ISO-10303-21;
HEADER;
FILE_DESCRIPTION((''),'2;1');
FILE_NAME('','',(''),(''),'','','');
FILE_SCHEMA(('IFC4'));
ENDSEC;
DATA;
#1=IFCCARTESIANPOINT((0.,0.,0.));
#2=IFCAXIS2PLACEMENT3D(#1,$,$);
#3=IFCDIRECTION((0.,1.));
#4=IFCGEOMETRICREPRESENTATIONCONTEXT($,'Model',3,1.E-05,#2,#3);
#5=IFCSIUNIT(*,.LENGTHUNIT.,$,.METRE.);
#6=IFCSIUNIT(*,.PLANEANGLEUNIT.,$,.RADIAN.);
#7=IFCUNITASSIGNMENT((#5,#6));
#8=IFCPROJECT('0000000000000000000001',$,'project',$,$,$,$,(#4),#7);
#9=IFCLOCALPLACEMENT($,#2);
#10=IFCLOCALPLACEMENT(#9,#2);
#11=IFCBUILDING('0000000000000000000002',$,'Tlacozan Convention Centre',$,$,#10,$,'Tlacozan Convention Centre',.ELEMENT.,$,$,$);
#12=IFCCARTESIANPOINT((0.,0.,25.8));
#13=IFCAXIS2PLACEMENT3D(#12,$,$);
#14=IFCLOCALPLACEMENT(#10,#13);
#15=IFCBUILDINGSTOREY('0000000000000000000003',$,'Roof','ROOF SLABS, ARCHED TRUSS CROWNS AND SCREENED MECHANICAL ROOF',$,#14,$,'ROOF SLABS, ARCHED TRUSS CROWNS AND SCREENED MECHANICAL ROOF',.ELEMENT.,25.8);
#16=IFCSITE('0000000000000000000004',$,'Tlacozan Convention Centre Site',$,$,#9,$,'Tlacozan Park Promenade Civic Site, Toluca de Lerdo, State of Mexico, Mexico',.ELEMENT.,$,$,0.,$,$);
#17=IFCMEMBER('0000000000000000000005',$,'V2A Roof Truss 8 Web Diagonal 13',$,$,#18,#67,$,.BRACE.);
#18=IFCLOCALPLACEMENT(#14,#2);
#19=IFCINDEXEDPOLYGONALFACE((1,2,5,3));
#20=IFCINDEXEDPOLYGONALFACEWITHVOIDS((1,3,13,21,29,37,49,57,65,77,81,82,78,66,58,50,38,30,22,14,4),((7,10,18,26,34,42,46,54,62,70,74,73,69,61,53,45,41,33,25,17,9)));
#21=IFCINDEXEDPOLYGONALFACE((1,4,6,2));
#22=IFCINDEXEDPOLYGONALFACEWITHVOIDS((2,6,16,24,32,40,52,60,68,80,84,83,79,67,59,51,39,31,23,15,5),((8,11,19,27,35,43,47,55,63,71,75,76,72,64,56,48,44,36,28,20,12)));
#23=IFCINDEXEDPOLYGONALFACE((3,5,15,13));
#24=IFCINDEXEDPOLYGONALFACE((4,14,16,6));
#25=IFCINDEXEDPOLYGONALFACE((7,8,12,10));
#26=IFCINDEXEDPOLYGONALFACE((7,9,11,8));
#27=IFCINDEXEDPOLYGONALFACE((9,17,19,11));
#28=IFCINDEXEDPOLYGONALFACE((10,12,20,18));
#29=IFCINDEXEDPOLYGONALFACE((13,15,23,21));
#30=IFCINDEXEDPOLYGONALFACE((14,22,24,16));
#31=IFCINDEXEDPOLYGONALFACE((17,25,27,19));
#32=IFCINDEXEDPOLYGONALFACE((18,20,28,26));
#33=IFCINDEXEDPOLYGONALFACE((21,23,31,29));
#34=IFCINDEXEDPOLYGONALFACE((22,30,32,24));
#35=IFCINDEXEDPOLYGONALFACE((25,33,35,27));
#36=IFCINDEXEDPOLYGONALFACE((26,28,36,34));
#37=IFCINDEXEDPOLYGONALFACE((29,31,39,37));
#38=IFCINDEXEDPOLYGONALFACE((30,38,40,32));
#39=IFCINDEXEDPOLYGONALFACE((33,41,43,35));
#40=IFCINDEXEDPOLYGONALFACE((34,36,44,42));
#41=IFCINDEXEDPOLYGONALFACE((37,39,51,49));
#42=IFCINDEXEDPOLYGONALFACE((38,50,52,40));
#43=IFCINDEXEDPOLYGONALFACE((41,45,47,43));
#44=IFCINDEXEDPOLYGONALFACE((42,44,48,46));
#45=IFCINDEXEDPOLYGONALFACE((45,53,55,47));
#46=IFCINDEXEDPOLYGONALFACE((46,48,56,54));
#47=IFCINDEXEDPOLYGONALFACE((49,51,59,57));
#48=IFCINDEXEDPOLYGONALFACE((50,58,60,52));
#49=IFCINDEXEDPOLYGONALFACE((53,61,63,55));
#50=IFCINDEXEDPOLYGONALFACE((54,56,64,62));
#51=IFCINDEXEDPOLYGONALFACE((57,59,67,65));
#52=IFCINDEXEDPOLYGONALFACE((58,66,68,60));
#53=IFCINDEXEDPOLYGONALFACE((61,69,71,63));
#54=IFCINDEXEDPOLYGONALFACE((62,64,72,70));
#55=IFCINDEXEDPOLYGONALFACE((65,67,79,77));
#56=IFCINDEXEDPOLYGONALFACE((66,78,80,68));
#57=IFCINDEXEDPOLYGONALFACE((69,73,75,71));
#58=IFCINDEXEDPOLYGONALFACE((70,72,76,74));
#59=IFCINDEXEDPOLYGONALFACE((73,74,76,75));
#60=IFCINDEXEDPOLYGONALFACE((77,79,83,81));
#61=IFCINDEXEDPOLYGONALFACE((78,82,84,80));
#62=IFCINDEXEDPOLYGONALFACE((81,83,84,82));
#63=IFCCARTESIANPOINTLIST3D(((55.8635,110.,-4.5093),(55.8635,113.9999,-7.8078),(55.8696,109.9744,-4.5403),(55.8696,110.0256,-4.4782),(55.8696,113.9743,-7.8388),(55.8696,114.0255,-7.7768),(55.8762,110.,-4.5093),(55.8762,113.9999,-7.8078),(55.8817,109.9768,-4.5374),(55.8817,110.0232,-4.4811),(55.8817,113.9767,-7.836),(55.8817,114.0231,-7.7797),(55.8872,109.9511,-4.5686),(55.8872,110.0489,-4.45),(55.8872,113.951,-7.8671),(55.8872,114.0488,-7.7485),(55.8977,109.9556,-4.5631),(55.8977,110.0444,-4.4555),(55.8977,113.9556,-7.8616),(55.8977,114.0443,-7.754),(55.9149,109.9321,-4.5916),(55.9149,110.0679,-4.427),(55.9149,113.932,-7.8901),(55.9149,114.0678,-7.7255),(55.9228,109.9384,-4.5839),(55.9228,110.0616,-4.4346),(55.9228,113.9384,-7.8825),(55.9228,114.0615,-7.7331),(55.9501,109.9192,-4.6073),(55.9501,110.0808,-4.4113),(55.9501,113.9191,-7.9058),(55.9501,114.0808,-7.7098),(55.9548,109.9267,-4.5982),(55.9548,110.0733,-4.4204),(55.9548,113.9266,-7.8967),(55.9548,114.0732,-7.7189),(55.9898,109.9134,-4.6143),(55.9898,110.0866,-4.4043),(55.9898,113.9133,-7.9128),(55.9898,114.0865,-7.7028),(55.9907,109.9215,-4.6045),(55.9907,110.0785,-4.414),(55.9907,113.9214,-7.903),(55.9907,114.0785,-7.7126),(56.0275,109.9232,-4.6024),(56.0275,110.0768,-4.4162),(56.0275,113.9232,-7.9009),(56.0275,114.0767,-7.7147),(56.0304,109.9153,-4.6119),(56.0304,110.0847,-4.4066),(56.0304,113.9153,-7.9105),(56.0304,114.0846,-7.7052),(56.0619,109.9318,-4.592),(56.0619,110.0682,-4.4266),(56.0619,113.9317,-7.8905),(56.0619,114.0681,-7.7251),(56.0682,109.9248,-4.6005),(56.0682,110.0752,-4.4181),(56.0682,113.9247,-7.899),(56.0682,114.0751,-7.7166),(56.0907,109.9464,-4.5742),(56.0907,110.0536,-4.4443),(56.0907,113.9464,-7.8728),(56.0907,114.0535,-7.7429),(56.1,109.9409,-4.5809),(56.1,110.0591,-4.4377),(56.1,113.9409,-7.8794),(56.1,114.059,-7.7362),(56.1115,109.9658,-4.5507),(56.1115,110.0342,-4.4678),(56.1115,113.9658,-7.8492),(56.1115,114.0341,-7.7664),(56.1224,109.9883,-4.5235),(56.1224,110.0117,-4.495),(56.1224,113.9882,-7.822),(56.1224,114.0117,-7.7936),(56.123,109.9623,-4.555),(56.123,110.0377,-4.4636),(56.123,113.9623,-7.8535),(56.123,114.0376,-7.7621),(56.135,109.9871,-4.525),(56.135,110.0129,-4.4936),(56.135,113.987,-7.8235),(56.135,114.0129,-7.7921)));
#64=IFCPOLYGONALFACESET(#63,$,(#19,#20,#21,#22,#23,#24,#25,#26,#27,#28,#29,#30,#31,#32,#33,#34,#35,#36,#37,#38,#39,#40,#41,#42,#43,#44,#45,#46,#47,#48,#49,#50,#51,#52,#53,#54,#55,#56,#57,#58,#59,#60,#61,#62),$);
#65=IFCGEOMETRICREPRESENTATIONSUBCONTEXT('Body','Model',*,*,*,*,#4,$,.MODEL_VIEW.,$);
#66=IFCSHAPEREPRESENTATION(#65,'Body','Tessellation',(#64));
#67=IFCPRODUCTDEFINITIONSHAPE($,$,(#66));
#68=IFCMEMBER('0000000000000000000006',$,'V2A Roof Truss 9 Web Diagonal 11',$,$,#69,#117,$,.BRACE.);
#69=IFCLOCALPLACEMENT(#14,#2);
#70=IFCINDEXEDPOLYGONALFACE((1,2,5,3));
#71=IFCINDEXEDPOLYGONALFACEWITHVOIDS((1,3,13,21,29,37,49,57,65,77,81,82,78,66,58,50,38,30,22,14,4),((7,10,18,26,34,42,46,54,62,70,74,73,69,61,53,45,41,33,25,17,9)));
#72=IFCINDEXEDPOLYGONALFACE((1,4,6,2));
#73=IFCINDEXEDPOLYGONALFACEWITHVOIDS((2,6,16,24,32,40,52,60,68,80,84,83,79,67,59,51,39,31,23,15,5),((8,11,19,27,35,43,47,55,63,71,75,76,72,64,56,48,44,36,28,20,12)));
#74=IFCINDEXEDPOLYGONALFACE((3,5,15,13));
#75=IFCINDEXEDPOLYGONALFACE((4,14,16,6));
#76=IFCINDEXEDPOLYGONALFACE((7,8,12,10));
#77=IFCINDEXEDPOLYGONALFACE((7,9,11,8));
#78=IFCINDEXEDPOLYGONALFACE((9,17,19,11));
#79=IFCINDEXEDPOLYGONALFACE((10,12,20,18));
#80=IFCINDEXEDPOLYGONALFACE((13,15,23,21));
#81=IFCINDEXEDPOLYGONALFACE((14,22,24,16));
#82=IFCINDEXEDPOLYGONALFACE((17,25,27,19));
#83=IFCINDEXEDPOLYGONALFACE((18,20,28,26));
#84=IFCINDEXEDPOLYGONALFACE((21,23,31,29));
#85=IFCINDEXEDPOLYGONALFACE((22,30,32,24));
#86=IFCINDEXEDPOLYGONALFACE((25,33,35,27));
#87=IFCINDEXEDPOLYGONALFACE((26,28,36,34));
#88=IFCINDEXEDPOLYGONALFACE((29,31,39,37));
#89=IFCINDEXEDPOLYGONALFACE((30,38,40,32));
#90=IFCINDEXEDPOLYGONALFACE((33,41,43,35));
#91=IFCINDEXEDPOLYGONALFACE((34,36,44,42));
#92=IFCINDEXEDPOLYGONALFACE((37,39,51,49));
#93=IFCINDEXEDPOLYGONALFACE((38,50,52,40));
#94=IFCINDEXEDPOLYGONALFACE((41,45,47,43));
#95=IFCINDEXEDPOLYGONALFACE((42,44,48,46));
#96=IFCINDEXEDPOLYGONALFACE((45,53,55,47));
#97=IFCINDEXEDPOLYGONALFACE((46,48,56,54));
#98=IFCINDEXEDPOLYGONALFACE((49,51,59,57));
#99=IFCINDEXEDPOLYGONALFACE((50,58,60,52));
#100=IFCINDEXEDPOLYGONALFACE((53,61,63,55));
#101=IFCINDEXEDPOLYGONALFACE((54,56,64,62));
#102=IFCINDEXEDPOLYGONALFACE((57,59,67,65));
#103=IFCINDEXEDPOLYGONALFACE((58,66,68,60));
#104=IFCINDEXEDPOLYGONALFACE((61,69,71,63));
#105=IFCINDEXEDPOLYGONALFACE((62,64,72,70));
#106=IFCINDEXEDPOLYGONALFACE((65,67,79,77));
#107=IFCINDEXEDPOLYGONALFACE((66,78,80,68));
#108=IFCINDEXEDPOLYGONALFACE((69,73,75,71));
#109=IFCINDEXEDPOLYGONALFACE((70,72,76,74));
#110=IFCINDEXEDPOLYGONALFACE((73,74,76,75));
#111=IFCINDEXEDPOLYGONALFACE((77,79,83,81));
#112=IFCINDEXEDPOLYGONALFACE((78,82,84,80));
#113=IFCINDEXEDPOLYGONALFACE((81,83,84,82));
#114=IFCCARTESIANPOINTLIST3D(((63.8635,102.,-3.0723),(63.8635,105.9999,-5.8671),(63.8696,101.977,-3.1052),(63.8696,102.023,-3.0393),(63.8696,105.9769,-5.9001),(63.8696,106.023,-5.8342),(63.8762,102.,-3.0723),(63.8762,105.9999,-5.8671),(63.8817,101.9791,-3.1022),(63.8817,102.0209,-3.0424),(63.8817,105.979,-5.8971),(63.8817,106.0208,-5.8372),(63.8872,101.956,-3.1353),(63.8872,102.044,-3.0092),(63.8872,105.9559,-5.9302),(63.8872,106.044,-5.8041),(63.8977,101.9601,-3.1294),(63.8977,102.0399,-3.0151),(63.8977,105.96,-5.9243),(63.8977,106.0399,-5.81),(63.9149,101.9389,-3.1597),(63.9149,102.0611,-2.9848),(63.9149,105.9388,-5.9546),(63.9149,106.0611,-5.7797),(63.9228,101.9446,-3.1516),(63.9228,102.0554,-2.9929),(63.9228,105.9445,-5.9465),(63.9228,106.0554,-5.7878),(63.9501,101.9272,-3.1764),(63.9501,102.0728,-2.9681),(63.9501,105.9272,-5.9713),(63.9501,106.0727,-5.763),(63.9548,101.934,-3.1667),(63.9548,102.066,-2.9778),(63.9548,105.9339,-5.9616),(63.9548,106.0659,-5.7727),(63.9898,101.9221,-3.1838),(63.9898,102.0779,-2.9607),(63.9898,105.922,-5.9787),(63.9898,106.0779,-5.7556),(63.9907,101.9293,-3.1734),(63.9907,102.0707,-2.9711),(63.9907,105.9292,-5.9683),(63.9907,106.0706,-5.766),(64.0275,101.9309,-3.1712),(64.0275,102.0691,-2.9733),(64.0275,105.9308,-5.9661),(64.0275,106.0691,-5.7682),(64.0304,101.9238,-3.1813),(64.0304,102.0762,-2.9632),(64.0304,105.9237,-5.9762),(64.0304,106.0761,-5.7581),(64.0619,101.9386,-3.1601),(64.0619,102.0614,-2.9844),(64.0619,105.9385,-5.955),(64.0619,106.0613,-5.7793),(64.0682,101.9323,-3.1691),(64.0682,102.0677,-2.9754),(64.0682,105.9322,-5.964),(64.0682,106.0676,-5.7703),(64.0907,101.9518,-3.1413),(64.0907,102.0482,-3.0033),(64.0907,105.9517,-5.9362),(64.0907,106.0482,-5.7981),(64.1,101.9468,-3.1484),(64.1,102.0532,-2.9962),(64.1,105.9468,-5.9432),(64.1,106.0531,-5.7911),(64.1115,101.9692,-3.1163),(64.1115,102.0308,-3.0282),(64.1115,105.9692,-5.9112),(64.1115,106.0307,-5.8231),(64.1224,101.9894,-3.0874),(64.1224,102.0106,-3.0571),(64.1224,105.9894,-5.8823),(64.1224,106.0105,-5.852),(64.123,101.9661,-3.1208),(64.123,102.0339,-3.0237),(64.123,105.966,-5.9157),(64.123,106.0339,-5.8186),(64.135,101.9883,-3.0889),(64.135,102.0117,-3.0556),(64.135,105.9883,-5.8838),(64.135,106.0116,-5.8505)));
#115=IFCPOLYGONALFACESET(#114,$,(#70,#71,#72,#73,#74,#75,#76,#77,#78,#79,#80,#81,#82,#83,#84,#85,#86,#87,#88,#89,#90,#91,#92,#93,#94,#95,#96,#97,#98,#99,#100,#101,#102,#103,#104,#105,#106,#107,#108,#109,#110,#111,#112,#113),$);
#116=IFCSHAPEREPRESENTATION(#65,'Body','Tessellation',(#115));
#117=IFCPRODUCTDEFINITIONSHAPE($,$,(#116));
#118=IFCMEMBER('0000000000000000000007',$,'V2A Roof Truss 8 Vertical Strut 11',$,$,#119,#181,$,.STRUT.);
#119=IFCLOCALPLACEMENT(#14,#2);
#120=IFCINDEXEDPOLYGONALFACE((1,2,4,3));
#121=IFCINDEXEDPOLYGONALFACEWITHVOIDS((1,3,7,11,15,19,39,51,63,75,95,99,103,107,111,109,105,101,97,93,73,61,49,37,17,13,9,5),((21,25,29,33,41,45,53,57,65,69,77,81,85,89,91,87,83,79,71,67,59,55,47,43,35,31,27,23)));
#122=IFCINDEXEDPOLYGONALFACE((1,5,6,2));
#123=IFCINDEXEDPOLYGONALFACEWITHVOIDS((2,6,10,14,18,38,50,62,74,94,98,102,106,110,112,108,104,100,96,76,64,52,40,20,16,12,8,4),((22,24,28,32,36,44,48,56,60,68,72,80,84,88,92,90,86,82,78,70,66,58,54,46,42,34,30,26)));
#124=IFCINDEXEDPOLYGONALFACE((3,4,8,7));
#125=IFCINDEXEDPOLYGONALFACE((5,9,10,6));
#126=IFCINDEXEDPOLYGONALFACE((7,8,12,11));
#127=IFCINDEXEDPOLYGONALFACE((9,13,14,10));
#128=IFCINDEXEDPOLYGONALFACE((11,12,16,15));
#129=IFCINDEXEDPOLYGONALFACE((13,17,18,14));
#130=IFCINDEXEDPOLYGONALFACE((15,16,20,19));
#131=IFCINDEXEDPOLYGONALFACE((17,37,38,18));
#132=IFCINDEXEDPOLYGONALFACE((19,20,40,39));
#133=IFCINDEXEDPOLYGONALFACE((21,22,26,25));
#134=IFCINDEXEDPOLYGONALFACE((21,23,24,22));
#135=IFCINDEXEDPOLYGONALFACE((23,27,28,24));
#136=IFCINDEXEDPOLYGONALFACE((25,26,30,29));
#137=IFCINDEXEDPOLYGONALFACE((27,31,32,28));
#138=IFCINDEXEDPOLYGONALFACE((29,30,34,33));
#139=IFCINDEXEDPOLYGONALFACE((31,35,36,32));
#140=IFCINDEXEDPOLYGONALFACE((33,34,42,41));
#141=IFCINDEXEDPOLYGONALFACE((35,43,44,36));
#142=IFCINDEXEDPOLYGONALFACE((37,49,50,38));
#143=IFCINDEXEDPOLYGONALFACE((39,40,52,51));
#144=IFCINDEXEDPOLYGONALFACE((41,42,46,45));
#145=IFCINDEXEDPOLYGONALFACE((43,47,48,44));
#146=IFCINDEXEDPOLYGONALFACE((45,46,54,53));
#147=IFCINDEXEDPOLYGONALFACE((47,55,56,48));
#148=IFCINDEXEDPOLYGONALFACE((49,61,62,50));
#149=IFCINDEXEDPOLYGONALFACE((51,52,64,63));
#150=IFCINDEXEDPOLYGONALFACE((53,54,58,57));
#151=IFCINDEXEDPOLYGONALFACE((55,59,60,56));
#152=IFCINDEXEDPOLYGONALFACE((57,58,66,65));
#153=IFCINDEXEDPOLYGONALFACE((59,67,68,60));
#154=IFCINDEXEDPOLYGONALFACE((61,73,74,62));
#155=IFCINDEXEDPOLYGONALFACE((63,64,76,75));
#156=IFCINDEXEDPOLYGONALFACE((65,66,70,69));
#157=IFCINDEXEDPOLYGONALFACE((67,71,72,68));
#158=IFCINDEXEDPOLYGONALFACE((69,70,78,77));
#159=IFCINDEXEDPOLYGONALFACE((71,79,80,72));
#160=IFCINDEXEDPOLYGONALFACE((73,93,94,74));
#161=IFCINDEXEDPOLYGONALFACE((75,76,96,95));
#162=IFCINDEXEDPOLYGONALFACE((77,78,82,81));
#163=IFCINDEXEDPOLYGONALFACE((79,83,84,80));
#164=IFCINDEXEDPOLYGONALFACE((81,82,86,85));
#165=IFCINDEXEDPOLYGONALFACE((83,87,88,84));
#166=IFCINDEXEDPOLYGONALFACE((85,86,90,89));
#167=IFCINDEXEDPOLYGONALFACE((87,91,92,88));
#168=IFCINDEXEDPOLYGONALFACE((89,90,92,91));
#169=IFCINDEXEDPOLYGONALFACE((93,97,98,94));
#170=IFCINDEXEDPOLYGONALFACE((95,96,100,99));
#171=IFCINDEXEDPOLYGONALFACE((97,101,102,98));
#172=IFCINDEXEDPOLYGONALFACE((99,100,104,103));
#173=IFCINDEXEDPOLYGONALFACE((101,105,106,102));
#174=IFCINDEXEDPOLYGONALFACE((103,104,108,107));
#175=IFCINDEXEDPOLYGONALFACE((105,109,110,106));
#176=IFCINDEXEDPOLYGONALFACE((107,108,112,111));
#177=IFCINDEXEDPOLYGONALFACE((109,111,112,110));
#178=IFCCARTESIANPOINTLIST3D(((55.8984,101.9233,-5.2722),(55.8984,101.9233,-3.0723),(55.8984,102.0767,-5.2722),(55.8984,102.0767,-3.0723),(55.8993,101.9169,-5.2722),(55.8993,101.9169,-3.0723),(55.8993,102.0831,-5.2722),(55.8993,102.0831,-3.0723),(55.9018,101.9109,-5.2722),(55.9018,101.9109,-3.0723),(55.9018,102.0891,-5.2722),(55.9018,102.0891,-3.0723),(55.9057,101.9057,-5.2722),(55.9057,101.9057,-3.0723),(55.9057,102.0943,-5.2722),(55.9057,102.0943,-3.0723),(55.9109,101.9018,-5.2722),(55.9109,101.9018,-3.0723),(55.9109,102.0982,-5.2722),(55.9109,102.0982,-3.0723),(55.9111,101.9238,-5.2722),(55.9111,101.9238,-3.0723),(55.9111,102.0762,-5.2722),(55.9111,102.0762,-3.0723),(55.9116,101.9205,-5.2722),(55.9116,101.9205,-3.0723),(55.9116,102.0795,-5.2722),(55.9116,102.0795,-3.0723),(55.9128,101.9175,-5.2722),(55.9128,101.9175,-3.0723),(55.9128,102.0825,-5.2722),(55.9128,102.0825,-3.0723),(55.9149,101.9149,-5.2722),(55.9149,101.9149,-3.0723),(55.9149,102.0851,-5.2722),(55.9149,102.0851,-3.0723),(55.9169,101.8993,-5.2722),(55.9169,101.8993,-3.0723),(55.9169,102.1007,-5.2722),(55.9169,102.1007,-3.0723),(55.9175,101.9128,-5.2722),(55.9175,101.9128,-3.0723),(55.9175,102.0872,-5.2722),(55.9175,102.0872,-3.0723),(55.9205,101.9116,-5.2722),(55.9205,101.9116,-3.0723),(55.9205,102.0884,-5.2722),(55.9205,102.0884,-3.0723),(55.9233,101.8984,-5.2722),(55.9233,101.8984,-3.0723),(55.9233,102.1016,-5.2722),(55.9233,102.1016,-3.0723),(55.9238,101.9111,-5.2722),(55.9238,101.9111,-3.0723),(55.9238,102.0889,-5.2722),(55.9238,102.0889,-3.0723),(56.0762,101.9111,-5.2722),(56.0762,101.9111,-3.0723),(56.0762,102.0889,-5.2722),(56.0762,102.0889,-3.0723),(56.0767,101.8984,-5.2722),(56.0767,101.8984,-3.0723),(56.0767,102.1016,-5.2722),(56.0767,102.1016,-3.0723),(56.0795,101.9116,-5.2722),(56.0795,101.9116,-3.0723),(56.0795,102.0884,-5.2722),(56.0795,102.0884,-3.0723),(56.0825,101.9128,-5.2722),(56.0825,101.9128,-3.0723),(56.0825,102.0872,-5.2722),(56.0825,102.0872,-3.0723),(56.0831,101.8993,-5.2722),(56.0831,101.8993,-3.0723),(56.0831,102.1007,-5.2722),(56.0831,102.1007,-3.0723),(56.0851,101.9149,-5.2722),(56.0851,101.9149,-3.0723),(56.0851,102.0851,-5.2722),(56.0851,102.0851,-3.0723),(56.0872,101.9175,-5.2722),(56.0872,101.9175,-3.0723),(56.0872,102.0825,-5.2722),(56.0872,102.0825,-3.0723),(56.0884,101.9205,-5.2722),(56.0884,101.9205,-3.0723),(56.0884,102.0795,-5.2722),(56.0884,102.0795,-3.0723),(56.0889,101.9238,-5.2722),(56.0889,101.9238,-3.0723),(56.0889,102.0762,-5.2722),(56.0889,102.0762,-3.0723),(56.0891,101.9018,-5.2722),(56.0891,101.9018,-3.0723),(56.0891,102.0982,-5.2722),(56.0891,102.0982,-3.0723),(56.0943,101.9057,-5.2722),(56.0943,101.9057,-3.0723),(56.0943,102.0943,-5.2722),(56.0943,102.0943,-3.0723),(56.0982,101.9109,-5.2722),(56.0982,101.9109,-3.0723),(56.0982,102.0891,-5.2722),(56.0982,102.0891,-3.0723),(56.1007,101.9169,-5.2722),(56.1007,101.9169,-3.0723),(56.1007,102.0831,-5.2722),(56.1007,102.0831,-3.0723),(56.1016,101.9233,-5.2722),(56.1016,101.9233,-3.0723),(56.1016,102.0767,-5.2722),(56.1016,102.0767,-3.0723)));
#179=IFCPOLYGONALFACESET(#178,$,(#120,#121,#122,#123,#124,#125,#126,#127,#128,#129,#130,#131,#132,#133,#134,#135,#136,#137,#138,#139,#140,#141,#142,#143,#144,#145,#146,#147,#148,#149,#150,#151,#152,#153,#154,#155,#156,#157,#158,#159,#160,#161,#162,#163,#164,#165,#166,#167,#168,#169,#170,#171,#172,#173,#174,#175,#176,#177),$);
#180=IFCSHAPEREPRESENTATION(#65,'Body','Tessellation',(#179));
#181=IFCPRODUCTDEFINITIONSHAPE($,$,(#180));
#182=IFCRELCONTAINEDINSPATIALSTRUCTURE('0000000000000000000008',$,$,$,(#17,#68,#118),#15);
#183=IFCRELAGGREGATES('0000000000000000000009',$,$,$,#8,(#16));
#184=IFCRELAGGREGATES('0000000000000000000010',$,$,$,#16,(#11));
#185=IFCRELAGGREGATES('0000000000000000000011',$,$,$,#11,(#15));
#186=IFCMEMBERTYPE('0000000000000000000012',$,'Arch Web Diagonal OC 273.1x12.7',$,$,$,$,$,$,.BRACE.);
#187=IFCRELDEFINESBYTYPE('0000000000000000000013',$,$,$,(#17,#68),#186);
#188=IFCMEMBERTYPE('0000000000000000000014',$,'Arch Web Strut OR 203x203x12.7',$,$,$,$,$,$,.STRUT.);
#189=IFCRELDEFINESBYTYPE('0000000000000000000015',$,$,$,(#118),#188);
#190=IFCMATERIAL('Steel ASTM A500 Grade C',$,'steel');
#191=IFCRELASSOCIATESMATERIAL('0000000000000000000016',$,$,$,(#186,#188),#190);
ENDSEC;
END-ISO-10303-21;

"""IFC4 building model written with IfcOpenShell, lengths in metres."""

from ifc_helpers import new_model, si_unit, direction, frame, origin, origin_2d, place, context, subcontext, project, spatial, hollow_rectangle, hollow_circle, extrude, material, material_profile, profile_set, type_object, element, save


model = new_model("IFC4")

# Units and contexts
model_context = context("Model", 3, precision=1e-05, world=origin(), true_north=direction((0.0, 1.0)))
body_context = subcontext(model_context, "Body", "Model", "MODEL_VIEW")
ifc_project = project(units=[si_unit("LENGTHUNIT", "METRE"), si_unit("PLANEANGLEUNIT", "RADIAN")], contexts=[model_context])

# Site, building, storey
site_placement = place(None, origin())
site = spatial("IfcSite", under=ifc_project, at=site_placement, Name="Tlacozan Convention Centre Site", LongName="Tlacozan Park Promenade Civic Site, Toluca de Lerdo, State of Mexico, Mexico", CompositionType="ELEMENT", RefElevation=0.0)
building_placement = place(site_placement, origin())
building = spatial("IfcBuilding", under=site, at=building_placement, Name="Tlacozan Convention Centre", LongName="Tlacozan Convention Centre", CompositionType="ELEMENT")
storey_placement = place(building_placement, frame((0.0, 0.0, 25.8)))
storey = spatial("IfcBuildingStorey", under=building, at=storey_placement, Name="Roof", Description="ROOF SLABS, ARCHED TRUSS CROWNS AND SCREENED MECHANICAL ROOF", LongName="ROOF SLABS, ARCHED TRUSS CROWNS AND SCREENED MECHANICAL ROOF", CompositionType="ELEMENT", Elevation=25.8)

# Members
ifc_material_1 = material(Name="Steel ASTM A500 Grade C", Category="steel")
ifc_material_profile_1 = material_profile(ifc_material_1, hollow_circle(Radius=0.1365, WallThickness=0.0127, at=origin_2d()), Name="OC 273.1x12.7")
ifc_profile_set_1 = profile_set([ifc_material_profile_1], Name="Steel ASTM A500 Grade C")
member_type_1 = type_object("IfcMemberType", Name="Arch Web Diagonal OC 273.1x12.7", PredefinedType="BRACE", material=ifc_profile_set_1)
member_1_placement = place(storey_placement, frame((56.0, 110.0, -4.5093), z_axis=(0.0, 0.771507, -0.63622), x_axis=(-1.0, 0.0, 0.0)))
element("IfcMember", 1, at=member_1_placement, inside=storey, type_object=member_type_1, Name="V2A Roof Truss 8 Web Diagonal 13", PredefinedType="BRACE", context=body_context, shape_type="SweptSolid", body=[
    extrude(hollow_circle(Radius=0.1365, WallThickness=0.0127, at=origin_2d()), origin(), (0.0, 0.0, 1.0), 5.1846),
])
member_2_placement = place(storey_placement, frame((64.0, 102.0, -3.0723), z_axis=(0.0, 0.819721, -0.572764), x_axis=(-1.0, 0.0, 0.0)))
element("IfcMember", 2, at=member_2_placement, inside=storey, type_object=member_type_1, Name="V2A Roof Truss 9 Web Diagonal 11", PredefinedType="BRACE", context=body_context, shape_type="SweptSolid", body=[
    extrude(hollow_circle(Radius=0.1365, WallThickness=0.0127, at=origin_2d()), origin(), (0.0, 0.0, 1.0), 4.8796),
])
ifc_material_profile_2 = material_profile(ifc_material_1, hollow_rectangle(XDim=0.2031, YDim=0.2031, WallThickness=0.0127, InnerFilletRadius=0.0127, OuterFilletRadius=0.0249, at=origin_2d()), Name="OR 203x203x12.7")
ifc_profile_set_2 = profile_set([ifc_material_profile_2], Name="Steel ASTM A500 Grade C")
member_type_2 = type_object("IfcMemberType", Name="Arch Web Strut OR 203x203x12.7", PredefinedType="STRUT", material=ifc_profile_set_2)
for number, where, z_axis, x_axis, name in (
    (3, (56.0, 102.0, -5.2722), (0.0, 0.0, 1.0), (1.0, 0.0, 0.0), "V2A Roof Truss 8 Vertical Strut 11"),
):
    element("IfcMember", number, at=place(storey_placement, frame(where, z_axis=z_axis, x_axis=x_axis)), inside=storey, type_object=member_type_2, Name=name, PredefinedType="STRUT", context=body_context, shape_type="SweptSolid", body=[
        extrude(hollow_rectangle(XDim=0.2031, YDim=0.2031, WallThickness=0.0127, InnerFilletRadius=0.0127, OuterFilletRadius=0.0249, at=origin_2d()), origin(), (0.0, 0.0, 1.0), 2.2),
    ])

save(model, "model.ifc")
